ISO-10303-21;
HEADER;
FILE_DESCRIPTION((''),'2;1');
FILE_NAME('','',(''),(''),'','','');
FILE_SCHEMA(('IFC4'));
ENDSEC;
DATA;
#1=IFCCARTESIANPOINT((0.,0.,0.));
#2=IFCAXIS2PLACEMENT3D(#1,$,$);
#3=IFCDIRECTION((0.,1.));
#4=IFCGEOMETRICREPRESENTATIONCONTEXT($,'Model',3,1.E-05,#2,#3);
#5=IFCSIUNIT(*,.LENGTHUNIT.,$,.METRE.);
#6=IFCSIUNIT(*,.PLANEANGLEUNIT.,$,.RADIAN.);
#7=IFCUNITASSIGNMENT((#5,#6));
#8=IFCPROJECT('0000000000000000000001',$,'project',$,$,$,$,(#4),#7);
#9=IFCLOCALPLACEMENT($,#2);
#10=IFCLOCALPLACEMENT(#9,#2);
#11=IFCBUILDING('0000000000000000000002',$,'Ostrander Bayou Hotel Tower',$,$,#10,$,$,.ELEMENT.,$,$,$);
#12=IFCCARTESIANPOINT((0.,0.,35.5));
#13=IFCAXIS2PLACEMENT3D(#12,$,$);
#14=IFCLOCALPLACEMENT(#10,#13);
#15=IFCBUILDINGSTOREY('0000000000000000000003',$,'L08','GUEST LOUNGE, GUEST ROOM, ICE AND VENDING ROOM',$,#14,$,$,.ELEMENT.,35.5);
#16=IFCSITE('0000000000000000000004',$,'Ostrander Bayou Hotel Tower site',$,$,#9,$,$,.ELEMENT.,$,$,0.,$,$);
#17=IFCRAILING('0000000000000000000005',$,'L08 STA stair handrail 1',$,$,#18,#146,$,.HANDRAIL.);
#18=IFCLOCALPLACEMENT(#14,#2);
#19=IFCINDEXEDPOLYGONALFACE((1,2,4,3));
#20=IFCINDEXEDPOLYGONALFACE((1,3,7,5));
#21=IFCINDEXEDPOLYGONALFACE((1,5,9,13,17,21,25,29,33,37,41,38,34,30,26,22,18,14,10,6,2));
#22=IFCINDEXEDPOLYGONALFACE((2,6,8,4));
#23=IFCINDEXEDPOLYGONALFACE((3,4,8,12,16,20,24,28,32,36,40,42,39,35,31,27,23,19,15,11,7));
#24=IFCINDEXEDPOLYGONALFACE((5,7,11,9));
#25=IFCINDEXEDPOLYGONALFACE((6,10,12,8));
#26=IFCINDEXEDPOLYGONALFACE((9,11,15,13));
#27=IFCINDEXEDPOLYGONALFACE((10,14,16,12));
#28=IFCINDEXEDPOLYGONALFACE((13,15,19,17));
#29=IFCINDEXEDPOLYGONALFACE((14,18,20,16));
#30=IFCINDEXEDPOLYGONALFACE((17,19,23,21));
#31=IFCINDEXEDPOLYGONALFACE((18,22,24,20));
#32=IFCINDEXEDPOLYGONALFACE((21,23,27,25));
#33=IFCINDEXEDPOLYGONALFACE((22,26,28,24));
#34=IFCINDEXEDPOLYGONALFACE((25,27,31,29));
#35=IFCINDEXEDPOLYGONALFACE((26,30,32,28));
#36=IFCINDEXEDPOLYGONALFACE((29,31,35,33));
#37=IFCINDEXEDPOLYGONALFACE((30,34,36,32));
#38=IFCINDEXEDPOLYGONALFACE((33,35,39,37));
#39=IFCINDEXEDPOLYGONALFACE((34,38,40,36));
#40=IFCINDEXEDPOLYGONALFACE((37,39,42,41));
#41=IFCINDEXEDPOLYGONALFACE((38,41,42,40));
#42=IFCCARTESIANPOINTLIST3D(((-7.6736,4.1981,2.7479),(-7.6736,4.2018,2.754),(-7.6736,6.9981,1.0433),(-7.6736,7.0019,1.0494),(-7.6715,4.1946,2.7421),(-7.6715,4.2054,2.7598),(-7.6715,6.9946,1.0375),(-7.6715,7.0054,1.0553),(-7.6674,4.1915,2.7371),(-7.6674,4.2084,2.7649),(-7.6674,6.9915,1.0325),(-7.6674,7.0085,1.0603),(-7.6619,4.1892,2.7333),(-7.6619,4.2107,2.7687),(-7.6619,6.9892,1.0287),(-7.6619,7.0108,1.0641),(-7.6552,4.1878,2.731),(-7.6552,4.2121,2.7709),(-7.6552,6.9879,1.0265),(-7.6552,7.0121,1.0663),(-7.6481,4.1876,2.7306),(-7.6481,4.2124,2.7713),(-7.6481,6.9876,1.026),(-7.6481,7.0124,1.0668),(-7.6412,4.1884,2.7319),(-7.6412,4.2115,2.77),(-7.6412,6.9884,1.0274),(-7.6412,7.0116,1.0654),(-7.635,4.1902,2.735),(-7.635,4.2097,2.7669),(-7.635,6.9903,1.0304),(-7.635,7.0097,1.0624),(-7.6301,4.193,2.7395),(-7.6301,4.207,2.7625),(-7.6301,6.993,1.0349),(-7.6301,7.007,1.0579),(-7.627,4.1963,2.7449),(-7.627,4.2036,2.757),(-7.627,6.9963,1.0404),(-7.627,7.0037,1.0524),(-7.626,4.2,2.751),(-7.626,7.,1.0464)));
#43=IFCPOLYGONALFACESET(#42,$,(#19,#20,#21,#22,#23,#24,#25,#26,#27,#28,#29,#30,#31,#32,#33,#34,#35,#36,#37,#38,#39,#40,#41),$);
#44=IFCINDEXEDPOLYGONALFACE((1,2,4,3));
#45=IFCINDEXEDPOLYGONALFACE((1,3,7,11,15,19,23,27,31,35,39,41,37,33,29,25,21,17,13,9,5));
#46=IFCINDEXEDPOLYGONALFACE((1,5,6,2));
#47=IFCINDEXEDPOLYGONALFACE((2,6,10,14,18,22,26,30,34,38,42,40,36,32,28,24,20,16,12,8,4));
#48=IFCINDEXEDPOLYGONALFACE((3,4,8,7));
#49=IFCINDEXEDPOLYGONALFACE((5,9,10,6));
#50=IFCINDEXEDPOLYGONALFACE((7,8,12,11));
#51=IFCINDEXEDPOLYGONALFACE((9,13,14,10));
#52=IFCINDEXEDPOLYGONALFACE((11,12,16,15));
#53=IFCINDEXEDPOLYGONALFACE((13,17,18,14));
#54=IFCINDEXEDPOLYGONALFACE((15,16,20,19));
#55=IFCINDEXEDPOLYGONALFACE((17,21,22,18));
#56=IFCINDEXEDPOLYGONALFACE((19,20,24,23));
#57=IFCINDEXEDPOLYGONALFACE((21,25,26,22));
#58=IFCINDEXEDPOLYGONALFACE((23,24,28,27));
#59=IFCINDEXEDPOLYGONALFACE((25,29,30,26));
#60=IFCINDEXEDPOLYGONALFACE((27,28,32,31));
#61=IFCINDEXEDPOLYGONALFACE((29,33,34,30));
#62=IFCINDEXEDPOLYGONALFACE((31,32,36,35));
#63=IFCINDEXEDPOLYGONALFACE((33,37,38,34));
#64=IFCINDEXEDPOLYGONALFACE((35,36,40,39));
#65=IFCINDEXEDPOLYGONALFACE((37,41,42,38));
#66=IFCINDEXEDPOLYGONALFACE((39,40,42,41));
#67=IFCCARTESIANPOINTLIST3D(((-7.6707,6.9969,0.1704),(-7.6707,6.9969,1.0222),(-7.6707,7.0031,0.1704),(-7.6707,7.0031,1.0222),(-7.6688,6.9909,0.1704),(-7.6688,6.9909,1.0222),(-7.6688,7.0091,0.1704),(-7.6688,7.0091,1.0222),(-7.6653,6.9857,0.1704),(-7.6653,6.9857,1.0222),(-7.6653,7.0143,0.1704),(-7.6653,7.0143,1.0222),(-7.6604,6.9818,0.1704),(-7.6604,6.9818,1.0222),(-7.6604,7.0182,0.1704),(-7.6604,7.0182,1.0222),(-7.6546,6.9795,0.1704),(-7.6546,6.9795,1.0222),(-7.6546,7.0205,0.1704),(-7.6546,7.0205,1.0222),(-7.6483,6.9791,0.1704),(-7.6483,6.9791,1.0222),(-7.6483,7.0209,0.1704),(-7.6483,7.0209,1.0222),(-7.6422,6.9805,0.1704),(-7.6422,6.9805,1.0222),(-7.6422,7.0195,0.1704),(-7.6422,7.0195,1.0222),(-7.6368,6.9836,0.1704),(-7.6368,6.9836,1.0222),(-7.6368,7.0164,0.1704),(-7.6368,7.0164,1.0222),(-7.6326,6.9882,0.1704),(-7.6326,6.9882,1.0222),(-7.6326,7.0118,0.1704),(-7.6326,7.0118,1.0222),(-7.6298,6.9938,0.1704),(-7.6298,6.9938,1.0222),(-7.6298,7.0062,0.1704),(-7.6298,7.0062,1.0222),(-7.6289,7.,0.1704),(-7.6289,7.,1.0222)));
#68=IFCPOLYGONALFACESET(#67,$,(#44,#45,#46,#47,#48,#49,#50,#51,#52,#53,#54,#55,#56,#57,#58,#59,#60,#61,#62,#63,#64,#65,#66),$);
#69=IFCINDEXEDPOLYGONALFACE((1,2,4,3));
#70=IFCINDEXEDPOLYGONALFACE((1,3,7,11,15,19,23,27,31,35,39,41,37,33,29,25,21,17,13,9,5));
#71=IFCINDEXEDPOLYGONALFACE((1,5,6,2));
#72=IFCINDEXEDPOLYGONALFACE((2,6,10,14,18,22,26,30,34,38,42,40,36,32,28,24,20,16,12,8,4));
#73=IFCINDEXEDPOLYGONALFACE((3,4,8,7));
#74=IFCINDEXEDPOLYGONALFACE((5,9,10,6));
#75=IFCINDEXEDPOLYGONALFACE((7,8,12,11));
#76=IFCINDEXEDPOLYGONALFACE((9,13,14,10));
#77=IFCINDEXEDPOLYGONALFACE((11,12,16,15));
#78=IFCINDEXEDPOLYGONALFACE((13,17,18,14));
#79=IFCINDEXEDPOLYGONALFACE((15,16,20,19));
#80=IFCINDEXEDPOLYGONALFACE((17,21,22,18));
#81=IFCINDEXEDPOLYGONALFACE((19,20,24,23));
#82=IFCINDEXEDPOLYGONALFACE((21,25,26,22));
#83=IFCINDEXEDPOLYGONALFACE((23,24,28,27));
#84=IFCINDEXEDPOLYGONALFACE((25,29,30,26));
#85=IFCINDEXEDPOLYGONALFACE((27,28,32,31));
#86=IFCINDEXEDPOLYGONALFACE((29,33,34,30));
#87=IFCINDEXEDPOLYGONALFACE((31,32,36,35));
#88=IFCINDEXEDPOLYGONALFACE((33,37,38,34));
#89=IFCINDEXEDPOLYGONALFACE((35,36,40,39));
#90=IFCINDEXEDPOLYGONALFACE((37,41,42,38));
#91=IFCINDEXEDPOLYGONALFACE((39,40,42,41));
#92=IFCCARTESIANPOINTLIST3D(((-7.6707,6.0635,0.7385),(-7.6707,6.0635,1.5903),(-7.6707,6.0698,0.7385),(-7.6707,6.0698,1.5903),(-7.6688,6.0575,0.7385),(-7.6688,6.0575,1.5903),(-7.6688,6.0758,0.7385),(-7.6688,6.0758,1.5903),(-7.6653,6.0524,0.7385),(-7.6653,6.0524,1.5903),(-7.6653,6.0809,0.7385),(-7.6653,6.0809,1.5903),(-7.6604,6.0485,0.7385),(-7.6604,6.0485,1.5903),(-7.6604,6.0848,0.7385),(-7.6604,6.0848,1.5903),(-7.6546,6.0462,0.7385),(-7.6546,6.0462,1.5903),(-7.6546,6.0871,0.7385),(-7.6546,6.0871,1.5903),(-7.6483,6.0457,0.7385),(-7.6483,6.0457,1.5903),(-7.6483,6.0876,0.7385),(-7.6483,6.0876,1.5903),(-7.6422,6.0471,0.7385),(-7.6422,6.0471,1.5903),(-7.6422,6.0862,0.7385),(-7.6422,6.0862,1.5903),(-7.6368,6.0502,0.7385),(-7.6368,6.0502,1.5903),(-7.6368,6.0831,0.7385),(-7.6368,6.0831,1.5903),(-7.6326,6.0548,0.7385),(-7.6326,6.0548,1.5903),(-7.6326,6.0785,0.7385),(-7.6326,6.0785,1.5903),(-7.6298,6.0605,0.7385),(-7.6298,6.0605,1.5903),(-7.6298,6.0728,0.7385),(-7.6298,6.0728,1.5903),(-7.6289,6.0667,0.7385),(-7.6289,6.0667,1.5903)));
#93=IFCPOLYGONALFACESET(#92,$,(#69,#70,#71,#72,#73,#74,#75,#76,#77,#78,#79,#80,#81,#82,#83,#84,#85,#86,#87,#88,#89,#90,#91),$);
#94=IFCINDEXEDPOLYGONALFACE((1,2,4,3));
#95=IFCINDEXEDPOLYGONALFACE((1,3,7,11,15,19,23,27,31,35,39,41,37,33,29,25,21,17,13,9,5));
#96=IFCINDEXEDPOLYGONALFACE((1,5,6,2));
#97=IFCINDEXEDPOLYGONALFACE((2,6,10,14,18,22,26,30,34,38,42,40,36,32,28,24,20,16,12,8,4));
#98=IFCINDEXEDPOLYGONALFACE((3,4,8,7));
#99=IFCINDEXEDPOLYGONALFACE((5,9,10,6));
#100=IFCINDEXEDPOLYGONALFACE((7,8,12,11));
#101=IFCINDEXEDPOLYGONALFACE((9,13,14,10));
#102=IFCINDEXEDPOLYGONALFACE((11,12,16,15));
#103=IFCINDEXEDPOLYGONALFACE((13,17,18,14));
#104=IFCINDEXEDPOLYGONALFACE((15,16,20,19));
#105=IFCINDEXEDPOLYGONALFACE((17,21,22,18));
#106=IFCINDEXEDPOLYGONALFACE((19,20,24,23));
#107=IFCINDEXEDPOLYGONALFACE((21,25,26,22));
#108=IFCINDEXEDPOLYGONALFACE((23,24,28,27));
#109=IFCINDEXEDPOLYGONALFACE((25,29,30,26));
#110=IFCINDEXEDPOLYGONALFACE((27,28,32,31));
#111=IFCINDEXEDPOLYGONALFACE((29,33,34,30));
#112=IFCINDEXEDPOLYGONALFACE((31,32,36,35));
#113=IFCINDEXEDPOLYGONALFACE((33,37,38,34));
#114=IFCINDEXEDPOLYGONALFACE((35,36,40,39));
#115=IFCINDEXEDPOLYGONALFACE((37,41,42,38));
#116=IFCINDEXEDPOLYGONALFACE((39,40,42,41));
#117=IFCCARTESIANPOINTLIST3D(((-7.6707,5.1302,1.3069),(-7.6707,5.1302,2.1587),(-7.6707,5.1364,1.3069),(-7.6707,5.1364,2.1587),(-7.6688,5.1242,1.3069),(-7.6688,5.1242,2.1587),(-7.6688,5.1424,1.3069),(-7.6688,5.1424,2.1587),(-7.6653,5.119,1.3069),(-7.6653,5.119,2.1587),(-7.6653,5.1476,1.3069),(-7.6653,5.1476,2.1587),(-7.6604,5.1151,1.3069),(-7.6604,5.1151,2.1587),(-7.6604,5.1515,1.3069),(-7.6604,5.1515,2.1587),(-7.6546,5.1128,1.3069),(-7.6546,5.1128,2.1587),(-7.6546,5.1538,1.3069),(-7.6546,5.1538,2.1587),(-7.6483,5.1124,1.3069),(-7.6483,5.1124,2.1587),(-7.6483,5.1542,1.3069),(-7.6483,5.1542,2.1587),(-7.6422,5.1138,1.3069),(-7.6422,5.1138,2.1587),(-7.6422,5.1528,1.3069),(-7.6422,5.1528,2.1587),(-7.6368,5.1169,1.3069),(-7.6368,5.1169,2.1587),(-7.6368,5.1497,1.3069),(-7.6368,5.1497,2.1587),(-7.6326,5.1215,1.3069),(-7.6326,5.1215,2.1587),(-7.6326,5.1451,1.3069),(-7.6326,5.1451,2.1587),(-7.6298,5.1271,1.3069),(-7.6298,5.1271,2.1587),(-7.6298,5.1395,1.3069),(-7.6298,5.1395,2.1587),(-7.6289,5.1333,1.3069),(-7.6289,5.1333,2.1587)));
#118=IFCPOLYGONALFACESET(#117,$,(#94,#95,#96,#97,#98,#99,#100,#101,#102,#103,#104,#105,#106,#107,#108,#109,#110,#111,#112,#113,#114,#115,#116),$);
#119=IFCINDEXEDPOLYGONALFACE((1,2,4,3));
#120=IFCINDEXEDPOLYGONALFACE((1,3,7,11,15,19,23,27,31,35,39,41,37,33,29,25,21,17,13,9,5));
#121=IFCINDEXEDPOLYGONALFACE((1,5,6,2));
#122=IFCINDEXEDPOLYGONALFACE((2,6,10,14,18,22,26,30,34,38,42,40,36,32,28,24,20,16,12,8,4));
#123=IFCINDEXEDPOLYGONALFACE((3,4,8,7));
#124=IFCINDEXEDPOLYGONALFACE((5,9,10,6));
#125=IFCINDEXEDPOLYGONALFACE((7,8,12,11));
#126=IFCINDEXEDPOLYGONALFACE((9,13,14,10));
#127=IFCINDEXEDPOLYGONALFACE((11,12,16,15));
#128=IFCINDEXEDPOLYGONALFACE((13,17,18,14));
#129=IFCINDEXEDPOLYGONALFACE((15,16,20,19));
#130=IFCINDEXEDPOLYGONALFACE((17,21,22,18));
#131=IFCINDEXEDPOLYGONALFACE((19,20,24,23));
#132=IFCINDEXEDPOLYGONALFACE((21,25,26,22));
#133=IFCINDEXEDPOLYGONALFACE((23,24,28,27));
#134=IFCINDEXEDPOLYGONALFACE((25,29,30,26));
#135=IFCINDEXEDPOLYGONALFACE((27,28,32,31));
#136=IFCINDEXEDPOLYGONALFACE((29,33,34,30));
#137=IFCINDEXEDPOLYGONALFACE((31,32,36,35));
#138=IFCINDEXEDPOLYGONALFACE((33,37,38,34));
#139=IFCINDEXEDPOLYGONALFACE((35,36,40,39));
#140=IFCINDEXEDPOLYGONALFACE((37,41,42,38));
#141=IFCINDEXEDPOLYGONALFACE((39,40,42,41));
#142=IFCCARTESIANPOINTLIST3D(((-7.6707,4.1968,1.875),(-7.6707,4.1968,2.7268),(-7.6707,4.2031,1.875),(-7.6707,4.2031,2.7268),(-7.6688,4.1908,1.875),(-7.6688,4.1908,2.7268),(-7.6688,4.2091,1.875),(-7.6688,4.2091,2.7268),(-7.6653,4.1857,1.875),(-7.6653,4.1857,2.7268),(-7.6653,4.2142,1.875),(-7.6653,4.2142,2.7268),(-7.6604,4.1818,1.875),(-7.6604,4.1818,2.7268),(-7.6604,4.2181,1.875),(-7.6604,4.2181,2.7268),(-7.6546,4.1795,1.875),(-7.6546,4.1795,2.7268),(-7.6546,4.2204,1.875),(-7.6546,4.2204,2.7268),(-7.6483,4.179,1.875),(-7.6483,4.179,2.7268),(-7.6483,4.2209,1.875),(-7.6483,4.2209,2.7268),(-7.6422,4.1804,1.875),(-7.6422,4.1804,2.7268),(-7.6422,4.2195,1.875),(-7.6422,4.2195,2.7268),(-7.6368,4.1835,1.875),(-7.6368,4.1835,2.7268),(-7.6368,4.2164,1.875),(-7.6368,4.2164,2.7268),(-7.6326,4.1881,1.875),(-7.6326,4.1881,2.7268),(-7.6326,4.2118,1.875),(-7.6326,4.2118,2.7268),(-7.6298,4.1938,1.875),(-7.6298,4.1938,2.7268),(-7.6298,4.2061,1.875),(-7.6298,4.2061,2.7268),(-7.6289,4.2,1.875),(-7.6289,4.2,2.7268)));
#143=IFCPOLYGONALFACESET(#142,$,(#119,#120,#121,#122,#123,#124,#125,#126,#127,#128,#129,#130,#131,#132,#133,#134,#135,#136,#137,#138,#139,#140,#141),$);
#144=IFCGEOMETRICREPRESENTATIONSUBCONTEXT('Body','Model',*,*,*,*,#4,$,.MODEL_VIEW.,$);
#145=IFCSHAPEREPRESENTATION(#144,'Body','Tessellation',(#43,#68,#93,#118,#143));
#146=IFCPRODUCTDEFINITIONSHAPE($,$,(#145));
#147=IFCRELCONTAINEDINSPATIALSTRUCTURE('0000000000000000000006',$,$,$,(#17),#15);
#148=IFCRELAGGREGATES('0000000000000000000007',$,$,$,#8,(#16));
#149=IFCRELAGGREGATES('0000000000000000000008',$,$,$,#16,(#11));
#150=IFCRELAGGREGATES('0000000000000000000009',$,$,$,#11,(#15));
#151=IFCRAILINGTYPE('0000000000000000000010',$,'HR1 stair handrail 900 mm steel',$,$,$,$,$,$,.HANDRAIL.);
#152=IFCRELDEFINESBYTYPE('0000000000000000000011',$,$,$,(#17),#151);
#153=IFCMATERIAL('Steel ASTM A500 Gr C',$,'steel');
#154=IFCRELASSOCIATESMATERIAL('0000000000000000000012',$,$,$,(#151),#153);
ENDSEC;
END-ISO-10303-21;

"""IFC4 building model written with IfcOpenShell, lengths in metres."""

from ifc_helpers import new_model, si_unit, direction, frame, origin, origin_2d, place, context, subcontext, project, spatial, circle, extrude, material, type_object, element, save


model = new_model("IFC4")

# Units and contexts
model_context = context("Model", 3, precision=1e-05, world=origin(), true_north=direction((0.0, 1.0)))
body_context = subcontext(model_context, "Body", "Model", "MODEL_VIEW")
ifc_project = project(units=[si_unit("LENGTHUNIT", "METRE"), si_unit("PLANEANGLEUNIT", "RADIAN")], contexts=[model_context])

# Site, building, storey
site_placement = place(None, origin())
site = spatial("IfcSite", under=ifc_project, at=site_placement, Name="Ostrander Bayou Hotel Tower site", CompositionType="ELEMENT", RefElevation=0.0)
building_placement = place(site_placement, origin())
building = spatial("IfcBuilding", under=site, at=building_placement, Name="Ostrander Bayou Hotel Tower", CompositionType="ELEMENT")
storey_placement = place(building_placement, frame((0.0, 0.0, 35.5)))
storey = spatial("IfcBuildingStorey", under=building, at=storey_placement, Name="L08", Description="GUEST LOUNGE, GUEST ROOM, ICE AND VENDING ROOM", CompositionType="ELEMENT", Elevation=35.5)

# Railing
ifc_material_1 = material(Name="Steel ASTM A500 Gr C", Category="steel")
railing_type_1 = type_object("IfcRailingType", Name="HR1 stair handrail 900 mm steel", PredefinedType="HANDRAIL", material=ifc_material_1)
railing_1_placement = place(storey_placement, frame((-7.6499, 7.0, 0.1704)))
element("IfcRailing", 1, at=railing_1_placement, inside=storey, type_object=railing_type_1, Name="L08 STA stair handrail 1", PredefinedType="HANDRAIL", context=body_context, shape_type="SweptSolid", body=[
    extrude(circle(Radius=0.0239, at=origin_2d()), frame((0.0, 0.0, 0.876), z_axis=(0.0, -0.85417, 0.519994), x_axis=(1.0, 0.0, 0.0)), (0.0, 0.0, 1.0), 3.2781),
    extrude(circle(Radius=0.021, at=origin_2d()), origin(), (0.0, 0.0, 1.0), 0.8518),
    extrude(circle(Radius=0.021, at=origin_2d()), frame((0.0, -0.9333, 0.5681)), (0.0, 0.0, 1.0), 0.8518),
    extrude(circle(Radius=0.021, at=origin_2d()), frame((0.0, -1.8667, 1.1365)), (0.0, 0.0, 1.0), 0.8518),
    extrude(circle(Radius=0.021, at=origin_2d()), frame((0.0, -2.8, 1.7046)), (0.0, 0.0, 1.0), 0.8518),
])

save(model, "model.ifc")
